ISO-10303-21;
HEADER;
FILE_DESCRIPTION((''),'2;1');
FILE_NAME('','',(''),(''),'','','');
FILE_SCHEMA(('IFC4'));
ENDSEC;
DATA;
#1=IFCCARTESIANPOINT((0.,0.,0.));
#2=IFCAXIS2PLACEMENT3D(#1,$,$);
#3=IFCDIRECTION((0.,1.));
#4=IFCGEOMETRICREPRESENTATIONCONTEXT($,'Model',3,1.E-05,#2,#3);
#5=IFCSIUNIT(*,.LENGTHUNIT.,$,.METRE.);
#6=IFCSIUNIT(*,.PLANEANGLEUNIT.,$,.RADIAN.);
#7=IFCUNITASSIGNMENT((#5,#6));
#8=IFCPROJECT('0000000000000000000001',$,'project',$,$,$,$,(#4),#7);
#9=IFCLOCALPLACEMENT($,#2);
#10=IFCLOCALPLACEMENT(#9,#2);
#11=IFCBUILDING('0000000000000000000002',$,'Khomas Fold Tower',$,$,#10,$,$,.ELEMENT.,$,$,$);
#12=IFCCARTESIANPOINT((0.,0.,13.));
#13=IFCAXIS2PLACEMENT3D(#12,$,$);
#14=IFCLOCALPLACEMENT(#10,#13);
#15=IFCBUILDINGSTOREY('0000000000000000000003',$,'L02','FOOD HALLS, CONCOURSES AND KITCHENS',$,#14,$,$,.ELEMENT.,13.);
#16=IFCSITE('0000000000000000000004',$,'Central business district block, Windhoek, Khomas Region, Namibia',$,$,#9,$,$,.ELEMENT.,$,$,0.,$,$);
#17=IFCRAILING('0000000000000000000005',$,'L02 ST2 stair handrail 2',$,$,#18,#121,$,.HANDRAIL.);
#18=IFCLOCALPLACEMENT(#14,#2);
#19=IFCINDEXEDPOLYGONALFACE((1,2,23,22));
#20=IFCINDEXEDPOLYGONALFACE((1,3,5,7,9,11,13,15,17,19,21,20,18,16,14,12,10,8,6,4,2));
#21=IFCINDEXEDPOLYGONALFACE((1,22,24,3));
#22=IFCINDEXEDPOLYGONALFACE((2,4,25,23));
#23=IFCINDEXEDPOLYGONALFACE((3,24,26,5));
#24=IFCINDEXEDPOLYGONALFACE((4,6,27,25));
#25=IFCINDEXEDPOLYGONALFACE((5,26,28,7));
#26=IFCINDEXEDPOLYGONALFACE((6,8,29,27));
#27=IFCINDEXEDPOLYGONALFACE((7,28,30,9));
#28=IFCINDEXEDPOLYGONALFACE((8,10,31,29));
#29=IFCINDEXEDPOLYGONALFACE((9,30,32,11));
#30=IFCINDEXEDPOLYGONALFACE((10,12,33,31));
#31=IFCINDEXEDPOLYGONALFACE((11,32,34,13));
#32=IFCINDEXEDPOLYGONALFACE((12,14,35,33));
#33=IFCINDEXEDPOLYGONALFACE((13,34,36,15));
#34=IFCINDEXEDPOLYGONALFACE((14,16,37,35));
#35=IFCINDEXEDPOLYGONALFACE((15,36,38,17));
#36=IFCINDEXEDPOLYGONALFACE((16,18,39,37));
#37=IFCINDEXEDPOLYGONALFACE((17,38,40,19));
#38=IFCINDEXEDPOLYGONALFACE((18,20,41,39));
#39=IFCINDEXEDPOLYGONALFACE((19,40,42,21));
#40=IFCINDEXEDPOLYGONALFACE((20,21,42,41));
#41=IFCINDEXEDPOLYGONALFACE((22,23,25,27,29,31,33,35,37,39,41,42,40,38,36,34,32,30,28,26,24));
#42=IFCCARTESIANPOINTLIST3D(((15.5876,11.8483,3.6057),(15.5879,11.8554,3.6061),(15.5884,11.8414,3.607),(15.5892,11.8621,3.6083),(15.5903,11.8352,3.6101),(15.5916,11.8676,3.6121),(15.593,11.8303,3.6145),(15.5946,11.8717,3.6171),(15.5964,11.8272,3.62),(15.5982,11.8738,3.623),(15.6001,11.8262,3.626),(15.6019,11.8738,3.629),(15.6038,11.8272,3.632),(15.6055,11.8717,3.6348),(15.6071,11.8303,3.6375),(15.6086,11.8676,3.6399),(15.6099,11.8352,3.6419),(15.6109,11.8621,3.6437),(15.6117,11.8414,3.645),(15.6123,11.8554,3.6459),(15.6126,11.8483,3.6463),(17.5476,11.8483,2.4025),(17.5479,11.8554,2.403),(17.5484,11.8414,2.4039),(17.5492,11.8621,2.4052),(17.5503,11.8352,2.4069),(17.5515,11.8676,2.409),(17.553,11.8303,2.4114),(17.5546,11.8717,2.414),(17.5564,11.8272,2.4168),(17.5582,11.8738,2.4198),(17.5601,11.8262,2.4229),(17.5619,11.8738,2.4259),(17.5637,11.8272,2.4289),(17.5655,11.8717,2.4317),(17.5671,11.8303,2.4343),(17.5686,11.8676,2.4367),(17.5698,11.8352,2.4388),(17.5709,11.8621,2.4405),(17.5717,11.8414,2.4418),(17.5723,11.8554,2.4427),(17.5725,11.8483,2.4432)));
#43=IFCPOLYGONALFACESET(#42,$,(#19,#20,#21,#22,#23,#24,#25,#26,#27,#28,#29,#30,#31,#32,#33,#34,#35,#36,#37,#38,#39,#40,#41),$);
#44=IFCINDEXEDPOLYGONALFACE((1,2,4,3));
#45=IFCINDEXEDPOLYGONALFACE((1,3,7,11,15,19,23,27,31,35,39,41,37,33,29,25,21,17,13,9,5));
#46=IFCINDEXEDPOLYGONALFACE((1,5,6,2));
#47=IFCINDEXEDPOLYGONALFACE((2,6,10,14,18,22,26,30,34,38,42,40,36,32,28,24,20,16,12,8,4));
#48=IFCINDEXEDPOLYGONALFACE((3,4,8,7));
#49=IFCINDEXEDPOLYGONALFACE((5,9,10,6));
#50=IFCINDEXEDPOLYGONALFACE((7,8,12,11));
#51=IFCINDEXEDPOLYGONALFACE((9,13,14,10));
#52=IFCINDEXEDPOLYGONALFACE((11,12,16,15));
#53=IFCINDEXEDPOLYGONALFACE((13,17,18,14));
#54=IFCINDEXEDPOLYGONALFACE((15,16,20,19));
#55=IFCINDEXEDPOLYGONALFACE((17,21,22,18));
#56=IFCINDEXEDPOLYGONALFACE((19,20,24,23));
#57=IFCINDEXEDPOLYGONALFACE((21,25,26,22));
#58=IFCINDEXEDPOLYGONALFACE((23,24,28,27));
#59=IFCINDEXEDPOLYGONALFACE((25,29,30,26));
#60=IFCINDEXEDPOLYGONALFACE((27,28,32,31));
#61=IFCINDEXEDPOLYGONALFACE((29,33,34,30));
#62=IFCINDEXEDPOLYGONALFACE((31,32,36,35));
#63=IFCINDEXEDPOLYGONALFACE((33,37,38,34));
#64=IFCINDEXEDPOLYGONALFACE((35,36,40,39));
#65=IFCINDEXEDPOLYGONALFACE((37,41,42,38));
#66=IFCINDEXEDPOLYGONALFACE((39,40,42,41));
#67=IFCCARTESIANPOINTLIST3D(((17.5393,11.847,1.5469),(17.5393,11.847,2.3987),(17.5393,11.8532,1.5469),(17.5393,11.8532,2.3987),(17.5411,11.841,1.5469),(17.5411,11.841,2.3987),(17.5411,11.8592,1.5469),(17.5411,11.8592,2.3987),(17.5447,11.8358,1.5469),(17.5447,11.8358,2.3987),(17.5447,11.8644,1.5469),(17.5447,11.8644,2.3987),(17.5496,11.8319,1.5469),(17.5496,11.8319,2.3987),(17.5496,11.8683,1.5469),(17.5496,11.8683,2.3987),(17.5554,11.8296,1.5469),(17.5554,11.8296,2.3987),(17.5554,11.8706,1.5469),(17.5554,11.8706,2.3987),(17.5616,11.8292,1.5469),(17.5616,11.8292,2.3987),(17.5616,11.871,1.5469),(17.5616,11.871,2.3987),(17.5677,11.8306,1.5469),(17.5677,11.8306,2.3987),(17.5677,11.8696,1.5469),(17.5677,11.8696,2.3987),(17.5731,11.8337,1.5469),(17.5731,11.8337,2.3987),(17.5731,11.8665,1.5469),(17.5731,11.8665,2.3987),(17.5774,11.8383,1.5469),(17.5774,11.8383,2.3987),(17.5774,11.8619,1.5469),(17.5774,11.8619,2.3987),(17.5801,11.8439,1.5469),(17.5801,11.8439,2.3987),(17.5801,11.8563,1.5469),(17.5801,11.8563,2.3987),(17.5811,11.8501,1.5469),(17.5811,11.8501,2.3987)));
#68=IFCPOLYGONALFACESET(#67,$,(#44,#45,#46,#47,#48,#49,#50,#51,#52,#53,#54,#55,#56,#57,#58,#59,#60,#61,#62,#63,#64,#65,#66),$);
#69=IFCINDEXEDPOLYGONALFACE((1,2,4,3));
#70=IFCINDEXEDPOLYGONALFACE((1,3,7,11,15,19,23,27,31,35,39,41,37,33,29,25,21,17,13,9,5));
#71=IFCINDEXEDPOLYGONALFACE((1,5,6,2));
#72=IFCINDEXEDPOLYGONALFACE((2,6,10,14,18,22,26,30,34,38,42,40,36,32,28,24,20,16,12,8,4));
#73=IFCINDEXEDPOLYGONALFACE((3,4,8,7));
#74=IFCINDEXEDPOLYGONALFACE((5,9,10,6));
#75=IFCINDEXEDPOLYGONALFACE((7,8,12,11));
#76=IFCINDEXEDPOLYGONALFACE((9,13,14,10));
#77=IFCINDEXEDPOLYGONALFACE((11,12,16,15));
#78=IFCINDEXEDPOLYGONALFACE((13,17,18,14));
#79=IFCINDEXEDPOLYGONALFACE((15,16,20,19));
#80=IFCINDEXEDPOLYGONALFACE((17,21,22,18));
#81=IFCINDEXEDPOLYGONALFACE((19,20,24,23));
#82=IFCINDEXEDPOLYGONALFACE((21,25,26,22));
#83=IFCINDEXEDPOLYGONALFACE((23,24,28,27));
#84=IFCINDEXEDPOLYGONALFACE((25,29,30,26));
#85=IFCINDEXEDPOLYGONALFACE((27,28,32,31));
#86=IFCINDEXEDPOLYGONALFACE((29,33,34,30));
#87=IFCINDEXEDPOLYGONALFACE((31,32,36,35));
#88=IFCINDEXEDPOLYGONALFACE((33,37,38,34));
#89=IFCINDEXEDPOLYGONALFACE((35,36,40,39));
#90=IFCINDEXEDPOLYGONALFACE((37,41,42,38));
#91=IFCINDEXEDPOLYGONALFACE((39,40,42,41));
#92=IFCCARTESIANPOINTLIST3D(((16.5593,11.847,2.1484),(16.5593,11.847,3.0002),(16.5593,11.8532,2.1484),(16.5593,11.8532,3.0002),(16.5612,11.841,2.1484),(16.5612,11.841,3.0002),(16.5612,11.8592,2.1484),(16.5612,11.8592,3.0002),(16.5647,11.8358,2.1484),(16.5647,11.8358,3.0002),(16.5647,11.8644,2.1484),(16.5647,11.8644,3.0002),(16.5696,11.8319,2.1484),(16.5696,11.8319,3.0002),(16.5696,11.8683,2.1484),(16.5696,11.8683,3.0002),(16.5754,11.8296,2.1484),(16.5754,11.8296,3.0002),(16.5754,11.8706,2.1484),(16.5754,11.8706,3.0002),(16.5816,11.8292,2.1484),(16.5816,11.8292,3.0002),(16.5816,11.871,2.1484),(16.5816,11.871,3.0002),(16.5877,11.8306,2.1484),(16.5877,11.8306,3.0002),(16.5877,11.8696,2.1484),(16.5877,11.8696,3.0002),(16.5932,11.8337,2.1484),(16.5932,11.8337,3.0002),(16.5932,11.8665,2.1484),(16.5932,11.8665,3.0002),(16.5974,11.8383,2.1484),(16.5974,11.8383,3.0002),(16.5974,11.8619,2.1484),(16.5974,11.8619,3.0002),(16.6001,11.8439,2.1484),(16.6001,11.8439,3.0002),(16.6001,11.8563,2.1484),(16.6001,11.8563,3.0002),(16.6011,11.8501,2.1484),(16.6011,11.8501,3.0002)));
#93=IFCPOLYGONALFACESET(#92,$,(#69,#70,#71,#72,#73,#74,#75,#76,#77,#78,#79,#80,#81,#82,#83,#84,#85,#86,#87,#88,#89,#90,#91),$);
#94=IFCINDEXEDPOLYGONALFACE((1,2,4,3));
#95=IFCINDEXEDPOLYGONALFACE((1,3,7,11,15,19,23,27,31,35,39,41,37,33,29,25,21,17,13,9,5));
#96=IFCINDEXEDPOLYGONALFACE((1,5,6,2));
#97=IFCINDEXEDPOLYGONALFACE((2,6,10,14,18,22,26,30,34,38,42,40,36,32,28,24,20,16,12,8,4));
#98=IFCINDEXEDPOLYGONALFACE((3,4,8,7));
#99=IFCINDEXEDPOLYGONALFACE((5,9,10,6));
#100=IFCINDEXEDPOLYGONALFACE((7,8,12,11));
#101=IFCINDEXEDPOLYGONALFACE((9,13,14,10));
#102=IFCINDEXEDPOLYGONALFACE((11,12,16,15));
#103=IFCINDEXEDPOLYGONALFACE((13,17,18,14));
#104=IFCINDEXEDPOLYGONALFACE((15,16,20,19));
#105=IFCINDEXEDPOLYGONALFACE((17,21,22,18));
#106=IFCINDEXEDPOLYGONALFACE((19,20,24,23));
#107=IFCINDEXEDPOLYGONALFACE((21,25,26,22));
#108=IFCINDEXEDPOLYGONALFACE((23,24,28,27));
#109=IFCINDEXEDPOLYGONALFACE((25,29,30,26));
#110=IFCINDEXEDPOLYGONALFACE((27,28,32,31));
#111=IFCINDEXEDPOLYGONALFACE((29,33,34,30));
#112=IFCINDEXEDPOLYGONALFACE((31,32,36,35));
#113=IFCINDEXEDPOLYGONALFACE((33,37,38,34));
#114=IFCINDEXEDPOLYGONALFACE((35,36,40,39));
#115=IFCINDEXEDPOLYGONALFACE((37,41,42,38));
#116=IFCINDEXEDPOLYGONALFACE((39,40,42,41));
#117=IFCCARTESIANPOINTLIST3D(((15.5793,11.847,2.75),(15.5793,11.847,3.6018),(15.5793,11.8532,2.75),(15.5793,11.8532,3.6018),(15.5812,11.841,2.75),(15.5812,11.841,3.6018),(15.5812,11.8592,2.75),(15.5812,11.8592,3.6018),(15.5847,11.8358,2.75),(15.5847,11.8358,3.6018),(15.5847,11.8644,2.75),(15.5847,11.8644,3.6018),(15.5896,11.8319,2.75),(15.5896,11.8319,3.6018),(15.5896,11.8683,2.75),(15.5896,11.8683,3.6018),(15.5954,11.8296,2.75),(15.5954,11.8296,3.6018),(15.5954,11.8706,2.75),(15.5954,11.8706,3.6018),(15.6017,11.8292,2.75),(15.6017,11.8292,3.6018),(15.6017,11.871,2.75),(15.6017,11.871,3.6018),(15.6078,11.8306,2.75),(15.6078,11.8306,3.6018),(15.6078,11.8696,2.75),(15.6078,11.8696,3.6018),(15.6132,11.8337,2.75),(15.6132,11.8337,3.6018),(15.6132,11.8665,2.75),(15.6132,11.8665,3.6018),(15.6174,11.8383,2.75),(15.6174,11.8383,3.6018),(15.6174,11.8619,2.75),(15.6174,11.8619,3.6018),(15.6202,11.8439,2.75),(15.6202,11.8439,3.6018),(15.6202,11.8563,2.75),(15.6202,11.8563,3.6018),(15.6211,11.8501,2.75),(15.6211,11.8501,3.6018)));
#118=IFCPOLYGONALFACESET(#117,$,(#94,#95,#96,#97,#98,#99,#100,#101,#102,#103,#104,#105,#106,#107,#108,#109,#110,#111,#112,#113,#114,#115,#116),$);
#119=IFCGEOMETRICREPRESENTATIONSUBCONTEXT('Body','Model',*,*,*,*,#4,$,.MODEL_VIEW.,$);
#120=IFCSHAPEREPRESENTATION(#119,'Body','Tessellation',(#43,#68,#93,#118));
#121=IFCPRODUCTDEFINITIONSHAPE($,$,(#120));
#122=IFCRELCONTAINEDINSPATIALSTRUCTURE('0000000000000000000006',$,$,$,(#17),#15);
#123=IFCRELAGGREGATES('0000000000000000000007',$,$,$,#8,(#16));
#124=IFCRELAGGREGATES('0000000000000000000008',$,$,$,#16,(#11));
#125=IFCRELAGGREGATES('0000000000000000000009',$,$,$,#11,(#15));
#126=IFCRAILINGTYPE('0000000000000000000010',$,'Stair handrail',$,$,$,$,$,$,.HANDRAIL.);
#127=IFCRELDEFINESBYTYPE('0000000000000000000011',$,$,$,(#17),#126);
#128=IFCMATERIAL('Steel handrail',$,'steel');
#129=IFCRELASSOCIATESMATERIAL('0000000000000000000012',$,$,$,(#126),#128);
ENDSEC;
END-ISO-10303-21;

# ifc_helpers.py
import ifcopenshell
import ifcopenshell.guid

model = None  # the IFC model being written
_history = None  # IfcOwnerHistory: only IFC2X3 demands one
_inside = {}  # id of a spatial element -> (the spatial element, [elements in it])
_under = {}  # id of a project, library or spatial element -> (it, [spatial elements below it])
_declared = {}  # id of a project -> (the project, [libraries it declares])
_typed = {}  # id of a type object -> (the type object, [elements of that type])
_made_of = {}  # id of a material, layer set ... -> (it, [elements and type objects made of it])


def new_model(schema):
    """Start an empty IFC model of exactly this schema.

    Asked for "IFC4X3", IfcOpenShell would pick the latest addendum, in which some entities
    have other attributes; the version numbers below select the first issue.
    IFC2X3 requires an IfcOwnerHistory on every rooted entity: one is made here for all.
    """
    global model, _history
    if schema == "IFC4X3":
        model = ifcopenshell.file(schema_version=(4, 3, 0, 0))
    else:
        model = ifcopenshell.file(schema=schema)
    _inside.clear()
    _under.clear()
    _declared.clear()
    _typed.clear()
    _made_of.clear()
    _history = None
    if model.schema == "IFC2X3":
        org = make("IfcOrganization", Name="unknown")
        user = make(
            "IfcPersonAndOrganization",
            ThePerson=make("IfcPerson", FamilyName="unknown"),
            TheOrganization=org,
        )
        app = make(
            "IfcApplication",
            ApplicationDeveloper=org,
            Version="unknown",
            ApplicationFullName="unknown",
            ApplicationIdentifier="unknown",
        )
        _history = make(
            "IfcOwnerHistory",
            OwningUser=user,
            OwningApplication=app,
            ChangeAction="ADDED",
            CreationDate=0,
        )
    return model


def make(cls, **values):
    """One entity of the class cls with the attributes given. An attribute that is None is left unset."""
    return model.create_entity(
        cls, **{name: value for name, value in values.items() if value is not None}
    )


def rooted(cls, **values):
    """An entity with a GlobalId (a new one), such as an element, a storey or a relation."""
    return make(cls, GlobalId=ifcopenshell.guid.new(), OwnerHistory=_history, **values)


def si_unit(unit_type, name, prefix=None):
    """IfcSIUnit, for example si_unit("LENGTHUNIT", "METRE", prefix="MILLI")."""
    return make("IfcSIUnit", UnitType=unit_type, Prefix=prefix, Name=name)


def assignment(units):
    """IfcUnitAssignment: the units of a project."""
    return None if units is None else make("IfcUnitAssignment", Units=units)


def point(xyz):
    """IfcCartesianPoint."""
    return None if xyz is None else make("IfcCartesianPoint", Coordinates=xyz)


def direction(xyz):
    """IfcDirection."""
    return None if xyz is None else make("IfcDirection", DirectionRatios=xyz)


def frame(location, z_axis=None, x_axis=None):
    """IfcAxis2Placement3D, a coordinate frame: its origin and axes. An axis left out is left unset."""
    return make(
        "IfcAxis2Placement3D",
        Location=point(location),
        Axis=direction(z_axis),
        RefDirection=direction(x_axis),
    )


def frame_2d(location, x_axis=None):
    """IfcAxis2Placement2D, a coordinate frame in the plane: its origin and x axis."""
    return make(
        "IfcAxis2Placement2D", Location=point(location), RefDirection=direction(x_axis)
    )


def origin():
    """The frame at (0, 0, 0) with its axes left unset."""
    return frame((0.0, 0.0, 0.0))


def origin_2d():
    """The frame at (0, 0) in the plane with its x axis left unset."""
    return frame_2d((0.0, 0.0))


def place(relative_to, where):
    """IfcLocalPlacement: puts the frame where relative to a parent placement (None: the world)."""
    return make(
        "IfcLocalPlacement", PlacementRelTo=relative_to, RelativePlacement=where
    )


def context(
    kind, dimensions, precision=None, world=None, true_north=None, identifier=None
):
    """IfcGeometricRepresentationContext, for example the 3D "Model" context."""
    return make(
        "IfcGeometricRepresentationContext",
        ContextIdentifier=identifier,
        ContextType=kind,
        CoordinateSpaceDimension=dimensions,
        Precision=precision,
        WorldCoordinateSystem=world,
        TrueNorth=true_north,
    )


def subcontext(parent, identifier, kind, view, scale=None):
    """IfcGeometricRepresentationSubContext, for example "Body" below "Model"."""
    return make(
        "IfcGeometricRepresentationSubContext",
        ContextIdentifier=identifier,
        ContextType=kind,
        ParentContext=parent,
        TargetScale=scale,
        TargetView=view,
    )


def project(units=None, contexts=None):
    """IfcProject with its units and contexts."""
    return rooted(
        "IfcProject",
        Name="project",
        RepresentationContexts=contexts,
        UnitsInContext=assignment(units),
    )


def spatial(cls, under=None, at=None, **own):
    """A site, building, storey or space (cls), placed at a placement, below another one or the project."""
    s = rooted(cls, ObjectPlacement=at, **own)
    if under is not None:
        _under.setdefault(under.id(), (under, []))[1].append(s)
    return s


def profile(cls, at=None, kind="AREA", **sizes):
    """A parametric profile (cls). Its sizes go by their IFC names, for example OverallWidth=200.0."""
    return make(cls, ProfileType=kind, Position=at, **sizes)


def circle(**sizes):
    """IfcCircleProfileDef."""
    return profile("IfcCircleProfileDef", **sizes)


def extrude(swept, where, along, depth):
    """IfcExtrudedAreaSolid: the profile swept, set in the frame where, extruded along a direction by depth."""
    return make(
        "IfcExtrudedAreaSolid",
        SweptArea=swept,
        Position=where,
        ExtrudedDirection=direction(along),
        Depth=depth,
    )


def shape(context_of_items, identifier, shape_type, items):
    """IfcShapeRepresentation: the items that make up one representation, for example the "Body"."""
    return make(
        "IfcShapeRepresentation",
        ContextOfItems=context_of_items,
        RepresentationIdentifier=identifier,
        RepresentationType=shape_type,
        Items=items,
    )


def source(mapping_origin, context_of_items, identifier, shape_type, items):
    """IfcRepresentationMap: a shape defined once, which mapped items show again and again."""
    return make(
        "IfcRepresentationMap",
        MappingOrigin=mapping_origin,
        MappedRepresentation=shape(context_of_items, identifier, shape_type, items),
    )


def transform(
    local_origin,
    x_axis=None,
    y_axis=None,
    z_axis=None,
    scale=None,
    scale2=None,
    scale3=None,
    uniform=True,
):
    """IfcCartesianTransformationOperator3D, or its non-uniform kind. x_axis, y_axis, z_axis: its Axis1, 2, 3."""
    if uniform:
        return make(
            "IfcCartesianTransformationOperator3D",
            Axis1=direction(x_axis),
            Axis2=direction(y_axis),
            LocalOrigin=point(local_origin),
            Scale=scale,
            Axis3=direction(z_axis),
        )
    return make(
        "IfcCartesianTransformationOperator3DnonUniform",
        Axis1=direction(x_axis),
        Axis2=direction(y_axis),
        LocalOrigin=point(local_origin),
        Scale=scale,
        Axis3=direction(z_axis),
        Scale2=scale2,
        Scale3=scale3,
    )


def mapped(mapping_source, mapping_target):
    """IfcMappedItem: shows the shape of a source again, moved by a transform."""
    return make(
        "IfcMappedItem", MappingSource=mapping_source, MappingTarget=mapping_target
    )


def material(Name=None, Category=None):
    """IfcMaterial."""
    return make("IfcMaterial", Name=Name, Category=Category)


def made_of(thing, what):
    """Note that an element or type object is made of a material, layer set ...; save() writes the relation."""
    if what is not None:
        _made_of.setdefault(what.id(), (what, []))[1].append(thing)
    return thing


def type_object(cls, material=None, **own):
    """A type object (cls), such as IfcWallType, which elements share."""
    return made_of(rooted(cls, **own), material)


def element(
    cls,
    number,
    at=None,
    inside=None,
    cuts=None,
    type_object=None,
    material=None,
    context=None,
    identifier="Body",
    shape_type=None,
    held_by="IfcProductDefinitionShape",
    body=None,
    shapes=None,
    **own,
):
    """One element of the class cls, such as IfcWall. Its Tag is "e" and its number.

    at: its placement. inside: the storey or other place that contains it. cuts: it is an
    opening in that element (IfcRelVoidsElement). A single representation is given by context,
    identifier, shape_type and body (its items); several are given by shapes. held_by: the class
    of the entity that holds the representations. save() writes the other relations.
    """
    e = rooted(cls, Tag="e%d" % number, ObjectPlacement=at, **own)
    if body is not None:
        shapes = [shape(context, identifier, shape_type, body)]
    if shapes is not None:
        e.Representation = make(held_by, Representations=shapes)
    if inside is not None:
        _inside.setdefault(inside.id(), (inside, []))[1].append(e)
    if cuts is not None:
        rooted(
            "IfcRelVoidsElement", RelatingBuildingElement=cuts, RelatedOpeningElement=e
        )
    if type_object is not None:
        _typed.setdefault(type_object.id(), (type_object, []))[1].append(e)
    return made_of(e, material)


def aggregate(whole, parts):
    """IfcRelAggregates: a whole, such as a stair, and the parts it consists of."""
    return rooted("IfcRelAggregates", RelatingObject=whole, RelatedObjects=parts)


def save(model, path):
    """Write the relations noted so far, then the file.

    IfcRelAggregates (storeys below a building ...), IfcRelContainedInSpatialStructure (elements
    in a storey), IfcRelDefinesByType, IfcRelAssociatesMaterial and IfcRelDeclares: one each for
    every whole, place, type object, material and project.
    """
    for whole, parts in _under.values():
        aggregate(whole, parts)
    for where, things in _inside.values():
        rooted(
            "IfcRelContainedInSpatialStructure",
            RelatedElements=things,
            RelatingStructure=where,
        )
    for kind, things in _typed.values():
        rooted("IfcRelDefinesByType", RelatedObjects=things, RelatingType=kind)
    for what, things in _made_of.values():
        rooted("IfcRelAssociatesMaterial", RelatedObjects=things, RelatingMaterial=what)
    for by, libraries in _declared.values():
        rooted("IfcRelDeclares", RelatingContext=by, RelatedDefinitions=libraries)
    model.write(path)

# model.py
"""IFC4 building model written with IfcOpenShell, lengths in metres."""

from ifc_helpers import new_model, si_unit, direction, frame, origin, origin_2d, place, context, subcontext, project, spatial, circle, extrude, source, transform, mapped, material, type_object, element, save


model = new_model("IFC4")

# Units and contexts
model_context = context("Model", 3, precision=1e-05, world=origin(), true_north=direction((0.0, 1.0)))
body_context = subcontext(model_context, "Body", "Model", "MODEL_VIEW")
ifc_project = project(units=[si_unit("LENGTHUNIT", "METRE"), si_unit("PLANEANGLEUNIT", "RADIAN")], contexts=[model_context])

# Site, building, storey
site_placement = place(None, origin())
site = spatial("IfcSite", under=ifc_project, at=site_placement, Name="Central business district block, Windhoek, Khomas Region, Namibia", CompositionType="ELEMENT", RefElevation=0.0)
building_placement = place(site_placement, origin())
building = spatial("IfcBuilding", under=site, at=building_placement, Name="Khomas Fold Tower", CompositionType="ELEMENT")
storey_placement = place(building_placement, frame((0.0, 0.0, 13.0)))
storey = spatial("IfcBuildingStorey", under=building, at=storey_placement, Name="L02", Description="FOOD HALLS, CONCOURSES AND KITCHENS", CompositionType="ELEMENT", Elevation=13.0)

# Railing
ifc_material_1 = material(Name="Steel handrail", Category="steel")
railing_type = type_object("IfcRailingType", Name="Stair handrail", PredefinedType="HANDRAIL", material=ifc_material_1)
shared_shape_1 = source(origin(), body_context, "Body", "SweptSolid", [
    extrude(circle(Radius=0.0239, at=origin_2d()), frame((0.0, 0.0, 0.876), z_axis=(-0.852241, 0.0, 0.523149), x_axis=(0.0, -1.0, 0.0)), (0.0, 0.0, 1.0), 2.2998),
    extrude(circle(Radius=0.021, at=origin_2d()), origin(), (0.0, 0.0, 1.0), 0.8518),
    extrude(circle(Radius=0.021, at=origin_2d()), frame((-0.98, 0.0, 0.6016)), (0.0, 0.0, 1.0), 0.8518),
    extrude(circle(Radius=0.021, at=origin_2d()), frame((-1.96, 0.0, 1.2031)), (0.0, 0.0, 1.0), 0.8518),
])
for number, where, name in (
    (1, (17.5601, 11.8501, 1.5469), "L02 ST2 stair handrail 2"),
):
    element("IfcRailing", number, at=place(storey_placement, frame(where)), inside=storey, type_object=railing_type, Name=name, PredefinedType="HANDRAIL", context=body_context, shape_type="MappedRepresentation", body=[
        mapped(shared_shape_1, transform((0.0, 0.0, 0.0))),
    ])

save(model, "model.ifc")
